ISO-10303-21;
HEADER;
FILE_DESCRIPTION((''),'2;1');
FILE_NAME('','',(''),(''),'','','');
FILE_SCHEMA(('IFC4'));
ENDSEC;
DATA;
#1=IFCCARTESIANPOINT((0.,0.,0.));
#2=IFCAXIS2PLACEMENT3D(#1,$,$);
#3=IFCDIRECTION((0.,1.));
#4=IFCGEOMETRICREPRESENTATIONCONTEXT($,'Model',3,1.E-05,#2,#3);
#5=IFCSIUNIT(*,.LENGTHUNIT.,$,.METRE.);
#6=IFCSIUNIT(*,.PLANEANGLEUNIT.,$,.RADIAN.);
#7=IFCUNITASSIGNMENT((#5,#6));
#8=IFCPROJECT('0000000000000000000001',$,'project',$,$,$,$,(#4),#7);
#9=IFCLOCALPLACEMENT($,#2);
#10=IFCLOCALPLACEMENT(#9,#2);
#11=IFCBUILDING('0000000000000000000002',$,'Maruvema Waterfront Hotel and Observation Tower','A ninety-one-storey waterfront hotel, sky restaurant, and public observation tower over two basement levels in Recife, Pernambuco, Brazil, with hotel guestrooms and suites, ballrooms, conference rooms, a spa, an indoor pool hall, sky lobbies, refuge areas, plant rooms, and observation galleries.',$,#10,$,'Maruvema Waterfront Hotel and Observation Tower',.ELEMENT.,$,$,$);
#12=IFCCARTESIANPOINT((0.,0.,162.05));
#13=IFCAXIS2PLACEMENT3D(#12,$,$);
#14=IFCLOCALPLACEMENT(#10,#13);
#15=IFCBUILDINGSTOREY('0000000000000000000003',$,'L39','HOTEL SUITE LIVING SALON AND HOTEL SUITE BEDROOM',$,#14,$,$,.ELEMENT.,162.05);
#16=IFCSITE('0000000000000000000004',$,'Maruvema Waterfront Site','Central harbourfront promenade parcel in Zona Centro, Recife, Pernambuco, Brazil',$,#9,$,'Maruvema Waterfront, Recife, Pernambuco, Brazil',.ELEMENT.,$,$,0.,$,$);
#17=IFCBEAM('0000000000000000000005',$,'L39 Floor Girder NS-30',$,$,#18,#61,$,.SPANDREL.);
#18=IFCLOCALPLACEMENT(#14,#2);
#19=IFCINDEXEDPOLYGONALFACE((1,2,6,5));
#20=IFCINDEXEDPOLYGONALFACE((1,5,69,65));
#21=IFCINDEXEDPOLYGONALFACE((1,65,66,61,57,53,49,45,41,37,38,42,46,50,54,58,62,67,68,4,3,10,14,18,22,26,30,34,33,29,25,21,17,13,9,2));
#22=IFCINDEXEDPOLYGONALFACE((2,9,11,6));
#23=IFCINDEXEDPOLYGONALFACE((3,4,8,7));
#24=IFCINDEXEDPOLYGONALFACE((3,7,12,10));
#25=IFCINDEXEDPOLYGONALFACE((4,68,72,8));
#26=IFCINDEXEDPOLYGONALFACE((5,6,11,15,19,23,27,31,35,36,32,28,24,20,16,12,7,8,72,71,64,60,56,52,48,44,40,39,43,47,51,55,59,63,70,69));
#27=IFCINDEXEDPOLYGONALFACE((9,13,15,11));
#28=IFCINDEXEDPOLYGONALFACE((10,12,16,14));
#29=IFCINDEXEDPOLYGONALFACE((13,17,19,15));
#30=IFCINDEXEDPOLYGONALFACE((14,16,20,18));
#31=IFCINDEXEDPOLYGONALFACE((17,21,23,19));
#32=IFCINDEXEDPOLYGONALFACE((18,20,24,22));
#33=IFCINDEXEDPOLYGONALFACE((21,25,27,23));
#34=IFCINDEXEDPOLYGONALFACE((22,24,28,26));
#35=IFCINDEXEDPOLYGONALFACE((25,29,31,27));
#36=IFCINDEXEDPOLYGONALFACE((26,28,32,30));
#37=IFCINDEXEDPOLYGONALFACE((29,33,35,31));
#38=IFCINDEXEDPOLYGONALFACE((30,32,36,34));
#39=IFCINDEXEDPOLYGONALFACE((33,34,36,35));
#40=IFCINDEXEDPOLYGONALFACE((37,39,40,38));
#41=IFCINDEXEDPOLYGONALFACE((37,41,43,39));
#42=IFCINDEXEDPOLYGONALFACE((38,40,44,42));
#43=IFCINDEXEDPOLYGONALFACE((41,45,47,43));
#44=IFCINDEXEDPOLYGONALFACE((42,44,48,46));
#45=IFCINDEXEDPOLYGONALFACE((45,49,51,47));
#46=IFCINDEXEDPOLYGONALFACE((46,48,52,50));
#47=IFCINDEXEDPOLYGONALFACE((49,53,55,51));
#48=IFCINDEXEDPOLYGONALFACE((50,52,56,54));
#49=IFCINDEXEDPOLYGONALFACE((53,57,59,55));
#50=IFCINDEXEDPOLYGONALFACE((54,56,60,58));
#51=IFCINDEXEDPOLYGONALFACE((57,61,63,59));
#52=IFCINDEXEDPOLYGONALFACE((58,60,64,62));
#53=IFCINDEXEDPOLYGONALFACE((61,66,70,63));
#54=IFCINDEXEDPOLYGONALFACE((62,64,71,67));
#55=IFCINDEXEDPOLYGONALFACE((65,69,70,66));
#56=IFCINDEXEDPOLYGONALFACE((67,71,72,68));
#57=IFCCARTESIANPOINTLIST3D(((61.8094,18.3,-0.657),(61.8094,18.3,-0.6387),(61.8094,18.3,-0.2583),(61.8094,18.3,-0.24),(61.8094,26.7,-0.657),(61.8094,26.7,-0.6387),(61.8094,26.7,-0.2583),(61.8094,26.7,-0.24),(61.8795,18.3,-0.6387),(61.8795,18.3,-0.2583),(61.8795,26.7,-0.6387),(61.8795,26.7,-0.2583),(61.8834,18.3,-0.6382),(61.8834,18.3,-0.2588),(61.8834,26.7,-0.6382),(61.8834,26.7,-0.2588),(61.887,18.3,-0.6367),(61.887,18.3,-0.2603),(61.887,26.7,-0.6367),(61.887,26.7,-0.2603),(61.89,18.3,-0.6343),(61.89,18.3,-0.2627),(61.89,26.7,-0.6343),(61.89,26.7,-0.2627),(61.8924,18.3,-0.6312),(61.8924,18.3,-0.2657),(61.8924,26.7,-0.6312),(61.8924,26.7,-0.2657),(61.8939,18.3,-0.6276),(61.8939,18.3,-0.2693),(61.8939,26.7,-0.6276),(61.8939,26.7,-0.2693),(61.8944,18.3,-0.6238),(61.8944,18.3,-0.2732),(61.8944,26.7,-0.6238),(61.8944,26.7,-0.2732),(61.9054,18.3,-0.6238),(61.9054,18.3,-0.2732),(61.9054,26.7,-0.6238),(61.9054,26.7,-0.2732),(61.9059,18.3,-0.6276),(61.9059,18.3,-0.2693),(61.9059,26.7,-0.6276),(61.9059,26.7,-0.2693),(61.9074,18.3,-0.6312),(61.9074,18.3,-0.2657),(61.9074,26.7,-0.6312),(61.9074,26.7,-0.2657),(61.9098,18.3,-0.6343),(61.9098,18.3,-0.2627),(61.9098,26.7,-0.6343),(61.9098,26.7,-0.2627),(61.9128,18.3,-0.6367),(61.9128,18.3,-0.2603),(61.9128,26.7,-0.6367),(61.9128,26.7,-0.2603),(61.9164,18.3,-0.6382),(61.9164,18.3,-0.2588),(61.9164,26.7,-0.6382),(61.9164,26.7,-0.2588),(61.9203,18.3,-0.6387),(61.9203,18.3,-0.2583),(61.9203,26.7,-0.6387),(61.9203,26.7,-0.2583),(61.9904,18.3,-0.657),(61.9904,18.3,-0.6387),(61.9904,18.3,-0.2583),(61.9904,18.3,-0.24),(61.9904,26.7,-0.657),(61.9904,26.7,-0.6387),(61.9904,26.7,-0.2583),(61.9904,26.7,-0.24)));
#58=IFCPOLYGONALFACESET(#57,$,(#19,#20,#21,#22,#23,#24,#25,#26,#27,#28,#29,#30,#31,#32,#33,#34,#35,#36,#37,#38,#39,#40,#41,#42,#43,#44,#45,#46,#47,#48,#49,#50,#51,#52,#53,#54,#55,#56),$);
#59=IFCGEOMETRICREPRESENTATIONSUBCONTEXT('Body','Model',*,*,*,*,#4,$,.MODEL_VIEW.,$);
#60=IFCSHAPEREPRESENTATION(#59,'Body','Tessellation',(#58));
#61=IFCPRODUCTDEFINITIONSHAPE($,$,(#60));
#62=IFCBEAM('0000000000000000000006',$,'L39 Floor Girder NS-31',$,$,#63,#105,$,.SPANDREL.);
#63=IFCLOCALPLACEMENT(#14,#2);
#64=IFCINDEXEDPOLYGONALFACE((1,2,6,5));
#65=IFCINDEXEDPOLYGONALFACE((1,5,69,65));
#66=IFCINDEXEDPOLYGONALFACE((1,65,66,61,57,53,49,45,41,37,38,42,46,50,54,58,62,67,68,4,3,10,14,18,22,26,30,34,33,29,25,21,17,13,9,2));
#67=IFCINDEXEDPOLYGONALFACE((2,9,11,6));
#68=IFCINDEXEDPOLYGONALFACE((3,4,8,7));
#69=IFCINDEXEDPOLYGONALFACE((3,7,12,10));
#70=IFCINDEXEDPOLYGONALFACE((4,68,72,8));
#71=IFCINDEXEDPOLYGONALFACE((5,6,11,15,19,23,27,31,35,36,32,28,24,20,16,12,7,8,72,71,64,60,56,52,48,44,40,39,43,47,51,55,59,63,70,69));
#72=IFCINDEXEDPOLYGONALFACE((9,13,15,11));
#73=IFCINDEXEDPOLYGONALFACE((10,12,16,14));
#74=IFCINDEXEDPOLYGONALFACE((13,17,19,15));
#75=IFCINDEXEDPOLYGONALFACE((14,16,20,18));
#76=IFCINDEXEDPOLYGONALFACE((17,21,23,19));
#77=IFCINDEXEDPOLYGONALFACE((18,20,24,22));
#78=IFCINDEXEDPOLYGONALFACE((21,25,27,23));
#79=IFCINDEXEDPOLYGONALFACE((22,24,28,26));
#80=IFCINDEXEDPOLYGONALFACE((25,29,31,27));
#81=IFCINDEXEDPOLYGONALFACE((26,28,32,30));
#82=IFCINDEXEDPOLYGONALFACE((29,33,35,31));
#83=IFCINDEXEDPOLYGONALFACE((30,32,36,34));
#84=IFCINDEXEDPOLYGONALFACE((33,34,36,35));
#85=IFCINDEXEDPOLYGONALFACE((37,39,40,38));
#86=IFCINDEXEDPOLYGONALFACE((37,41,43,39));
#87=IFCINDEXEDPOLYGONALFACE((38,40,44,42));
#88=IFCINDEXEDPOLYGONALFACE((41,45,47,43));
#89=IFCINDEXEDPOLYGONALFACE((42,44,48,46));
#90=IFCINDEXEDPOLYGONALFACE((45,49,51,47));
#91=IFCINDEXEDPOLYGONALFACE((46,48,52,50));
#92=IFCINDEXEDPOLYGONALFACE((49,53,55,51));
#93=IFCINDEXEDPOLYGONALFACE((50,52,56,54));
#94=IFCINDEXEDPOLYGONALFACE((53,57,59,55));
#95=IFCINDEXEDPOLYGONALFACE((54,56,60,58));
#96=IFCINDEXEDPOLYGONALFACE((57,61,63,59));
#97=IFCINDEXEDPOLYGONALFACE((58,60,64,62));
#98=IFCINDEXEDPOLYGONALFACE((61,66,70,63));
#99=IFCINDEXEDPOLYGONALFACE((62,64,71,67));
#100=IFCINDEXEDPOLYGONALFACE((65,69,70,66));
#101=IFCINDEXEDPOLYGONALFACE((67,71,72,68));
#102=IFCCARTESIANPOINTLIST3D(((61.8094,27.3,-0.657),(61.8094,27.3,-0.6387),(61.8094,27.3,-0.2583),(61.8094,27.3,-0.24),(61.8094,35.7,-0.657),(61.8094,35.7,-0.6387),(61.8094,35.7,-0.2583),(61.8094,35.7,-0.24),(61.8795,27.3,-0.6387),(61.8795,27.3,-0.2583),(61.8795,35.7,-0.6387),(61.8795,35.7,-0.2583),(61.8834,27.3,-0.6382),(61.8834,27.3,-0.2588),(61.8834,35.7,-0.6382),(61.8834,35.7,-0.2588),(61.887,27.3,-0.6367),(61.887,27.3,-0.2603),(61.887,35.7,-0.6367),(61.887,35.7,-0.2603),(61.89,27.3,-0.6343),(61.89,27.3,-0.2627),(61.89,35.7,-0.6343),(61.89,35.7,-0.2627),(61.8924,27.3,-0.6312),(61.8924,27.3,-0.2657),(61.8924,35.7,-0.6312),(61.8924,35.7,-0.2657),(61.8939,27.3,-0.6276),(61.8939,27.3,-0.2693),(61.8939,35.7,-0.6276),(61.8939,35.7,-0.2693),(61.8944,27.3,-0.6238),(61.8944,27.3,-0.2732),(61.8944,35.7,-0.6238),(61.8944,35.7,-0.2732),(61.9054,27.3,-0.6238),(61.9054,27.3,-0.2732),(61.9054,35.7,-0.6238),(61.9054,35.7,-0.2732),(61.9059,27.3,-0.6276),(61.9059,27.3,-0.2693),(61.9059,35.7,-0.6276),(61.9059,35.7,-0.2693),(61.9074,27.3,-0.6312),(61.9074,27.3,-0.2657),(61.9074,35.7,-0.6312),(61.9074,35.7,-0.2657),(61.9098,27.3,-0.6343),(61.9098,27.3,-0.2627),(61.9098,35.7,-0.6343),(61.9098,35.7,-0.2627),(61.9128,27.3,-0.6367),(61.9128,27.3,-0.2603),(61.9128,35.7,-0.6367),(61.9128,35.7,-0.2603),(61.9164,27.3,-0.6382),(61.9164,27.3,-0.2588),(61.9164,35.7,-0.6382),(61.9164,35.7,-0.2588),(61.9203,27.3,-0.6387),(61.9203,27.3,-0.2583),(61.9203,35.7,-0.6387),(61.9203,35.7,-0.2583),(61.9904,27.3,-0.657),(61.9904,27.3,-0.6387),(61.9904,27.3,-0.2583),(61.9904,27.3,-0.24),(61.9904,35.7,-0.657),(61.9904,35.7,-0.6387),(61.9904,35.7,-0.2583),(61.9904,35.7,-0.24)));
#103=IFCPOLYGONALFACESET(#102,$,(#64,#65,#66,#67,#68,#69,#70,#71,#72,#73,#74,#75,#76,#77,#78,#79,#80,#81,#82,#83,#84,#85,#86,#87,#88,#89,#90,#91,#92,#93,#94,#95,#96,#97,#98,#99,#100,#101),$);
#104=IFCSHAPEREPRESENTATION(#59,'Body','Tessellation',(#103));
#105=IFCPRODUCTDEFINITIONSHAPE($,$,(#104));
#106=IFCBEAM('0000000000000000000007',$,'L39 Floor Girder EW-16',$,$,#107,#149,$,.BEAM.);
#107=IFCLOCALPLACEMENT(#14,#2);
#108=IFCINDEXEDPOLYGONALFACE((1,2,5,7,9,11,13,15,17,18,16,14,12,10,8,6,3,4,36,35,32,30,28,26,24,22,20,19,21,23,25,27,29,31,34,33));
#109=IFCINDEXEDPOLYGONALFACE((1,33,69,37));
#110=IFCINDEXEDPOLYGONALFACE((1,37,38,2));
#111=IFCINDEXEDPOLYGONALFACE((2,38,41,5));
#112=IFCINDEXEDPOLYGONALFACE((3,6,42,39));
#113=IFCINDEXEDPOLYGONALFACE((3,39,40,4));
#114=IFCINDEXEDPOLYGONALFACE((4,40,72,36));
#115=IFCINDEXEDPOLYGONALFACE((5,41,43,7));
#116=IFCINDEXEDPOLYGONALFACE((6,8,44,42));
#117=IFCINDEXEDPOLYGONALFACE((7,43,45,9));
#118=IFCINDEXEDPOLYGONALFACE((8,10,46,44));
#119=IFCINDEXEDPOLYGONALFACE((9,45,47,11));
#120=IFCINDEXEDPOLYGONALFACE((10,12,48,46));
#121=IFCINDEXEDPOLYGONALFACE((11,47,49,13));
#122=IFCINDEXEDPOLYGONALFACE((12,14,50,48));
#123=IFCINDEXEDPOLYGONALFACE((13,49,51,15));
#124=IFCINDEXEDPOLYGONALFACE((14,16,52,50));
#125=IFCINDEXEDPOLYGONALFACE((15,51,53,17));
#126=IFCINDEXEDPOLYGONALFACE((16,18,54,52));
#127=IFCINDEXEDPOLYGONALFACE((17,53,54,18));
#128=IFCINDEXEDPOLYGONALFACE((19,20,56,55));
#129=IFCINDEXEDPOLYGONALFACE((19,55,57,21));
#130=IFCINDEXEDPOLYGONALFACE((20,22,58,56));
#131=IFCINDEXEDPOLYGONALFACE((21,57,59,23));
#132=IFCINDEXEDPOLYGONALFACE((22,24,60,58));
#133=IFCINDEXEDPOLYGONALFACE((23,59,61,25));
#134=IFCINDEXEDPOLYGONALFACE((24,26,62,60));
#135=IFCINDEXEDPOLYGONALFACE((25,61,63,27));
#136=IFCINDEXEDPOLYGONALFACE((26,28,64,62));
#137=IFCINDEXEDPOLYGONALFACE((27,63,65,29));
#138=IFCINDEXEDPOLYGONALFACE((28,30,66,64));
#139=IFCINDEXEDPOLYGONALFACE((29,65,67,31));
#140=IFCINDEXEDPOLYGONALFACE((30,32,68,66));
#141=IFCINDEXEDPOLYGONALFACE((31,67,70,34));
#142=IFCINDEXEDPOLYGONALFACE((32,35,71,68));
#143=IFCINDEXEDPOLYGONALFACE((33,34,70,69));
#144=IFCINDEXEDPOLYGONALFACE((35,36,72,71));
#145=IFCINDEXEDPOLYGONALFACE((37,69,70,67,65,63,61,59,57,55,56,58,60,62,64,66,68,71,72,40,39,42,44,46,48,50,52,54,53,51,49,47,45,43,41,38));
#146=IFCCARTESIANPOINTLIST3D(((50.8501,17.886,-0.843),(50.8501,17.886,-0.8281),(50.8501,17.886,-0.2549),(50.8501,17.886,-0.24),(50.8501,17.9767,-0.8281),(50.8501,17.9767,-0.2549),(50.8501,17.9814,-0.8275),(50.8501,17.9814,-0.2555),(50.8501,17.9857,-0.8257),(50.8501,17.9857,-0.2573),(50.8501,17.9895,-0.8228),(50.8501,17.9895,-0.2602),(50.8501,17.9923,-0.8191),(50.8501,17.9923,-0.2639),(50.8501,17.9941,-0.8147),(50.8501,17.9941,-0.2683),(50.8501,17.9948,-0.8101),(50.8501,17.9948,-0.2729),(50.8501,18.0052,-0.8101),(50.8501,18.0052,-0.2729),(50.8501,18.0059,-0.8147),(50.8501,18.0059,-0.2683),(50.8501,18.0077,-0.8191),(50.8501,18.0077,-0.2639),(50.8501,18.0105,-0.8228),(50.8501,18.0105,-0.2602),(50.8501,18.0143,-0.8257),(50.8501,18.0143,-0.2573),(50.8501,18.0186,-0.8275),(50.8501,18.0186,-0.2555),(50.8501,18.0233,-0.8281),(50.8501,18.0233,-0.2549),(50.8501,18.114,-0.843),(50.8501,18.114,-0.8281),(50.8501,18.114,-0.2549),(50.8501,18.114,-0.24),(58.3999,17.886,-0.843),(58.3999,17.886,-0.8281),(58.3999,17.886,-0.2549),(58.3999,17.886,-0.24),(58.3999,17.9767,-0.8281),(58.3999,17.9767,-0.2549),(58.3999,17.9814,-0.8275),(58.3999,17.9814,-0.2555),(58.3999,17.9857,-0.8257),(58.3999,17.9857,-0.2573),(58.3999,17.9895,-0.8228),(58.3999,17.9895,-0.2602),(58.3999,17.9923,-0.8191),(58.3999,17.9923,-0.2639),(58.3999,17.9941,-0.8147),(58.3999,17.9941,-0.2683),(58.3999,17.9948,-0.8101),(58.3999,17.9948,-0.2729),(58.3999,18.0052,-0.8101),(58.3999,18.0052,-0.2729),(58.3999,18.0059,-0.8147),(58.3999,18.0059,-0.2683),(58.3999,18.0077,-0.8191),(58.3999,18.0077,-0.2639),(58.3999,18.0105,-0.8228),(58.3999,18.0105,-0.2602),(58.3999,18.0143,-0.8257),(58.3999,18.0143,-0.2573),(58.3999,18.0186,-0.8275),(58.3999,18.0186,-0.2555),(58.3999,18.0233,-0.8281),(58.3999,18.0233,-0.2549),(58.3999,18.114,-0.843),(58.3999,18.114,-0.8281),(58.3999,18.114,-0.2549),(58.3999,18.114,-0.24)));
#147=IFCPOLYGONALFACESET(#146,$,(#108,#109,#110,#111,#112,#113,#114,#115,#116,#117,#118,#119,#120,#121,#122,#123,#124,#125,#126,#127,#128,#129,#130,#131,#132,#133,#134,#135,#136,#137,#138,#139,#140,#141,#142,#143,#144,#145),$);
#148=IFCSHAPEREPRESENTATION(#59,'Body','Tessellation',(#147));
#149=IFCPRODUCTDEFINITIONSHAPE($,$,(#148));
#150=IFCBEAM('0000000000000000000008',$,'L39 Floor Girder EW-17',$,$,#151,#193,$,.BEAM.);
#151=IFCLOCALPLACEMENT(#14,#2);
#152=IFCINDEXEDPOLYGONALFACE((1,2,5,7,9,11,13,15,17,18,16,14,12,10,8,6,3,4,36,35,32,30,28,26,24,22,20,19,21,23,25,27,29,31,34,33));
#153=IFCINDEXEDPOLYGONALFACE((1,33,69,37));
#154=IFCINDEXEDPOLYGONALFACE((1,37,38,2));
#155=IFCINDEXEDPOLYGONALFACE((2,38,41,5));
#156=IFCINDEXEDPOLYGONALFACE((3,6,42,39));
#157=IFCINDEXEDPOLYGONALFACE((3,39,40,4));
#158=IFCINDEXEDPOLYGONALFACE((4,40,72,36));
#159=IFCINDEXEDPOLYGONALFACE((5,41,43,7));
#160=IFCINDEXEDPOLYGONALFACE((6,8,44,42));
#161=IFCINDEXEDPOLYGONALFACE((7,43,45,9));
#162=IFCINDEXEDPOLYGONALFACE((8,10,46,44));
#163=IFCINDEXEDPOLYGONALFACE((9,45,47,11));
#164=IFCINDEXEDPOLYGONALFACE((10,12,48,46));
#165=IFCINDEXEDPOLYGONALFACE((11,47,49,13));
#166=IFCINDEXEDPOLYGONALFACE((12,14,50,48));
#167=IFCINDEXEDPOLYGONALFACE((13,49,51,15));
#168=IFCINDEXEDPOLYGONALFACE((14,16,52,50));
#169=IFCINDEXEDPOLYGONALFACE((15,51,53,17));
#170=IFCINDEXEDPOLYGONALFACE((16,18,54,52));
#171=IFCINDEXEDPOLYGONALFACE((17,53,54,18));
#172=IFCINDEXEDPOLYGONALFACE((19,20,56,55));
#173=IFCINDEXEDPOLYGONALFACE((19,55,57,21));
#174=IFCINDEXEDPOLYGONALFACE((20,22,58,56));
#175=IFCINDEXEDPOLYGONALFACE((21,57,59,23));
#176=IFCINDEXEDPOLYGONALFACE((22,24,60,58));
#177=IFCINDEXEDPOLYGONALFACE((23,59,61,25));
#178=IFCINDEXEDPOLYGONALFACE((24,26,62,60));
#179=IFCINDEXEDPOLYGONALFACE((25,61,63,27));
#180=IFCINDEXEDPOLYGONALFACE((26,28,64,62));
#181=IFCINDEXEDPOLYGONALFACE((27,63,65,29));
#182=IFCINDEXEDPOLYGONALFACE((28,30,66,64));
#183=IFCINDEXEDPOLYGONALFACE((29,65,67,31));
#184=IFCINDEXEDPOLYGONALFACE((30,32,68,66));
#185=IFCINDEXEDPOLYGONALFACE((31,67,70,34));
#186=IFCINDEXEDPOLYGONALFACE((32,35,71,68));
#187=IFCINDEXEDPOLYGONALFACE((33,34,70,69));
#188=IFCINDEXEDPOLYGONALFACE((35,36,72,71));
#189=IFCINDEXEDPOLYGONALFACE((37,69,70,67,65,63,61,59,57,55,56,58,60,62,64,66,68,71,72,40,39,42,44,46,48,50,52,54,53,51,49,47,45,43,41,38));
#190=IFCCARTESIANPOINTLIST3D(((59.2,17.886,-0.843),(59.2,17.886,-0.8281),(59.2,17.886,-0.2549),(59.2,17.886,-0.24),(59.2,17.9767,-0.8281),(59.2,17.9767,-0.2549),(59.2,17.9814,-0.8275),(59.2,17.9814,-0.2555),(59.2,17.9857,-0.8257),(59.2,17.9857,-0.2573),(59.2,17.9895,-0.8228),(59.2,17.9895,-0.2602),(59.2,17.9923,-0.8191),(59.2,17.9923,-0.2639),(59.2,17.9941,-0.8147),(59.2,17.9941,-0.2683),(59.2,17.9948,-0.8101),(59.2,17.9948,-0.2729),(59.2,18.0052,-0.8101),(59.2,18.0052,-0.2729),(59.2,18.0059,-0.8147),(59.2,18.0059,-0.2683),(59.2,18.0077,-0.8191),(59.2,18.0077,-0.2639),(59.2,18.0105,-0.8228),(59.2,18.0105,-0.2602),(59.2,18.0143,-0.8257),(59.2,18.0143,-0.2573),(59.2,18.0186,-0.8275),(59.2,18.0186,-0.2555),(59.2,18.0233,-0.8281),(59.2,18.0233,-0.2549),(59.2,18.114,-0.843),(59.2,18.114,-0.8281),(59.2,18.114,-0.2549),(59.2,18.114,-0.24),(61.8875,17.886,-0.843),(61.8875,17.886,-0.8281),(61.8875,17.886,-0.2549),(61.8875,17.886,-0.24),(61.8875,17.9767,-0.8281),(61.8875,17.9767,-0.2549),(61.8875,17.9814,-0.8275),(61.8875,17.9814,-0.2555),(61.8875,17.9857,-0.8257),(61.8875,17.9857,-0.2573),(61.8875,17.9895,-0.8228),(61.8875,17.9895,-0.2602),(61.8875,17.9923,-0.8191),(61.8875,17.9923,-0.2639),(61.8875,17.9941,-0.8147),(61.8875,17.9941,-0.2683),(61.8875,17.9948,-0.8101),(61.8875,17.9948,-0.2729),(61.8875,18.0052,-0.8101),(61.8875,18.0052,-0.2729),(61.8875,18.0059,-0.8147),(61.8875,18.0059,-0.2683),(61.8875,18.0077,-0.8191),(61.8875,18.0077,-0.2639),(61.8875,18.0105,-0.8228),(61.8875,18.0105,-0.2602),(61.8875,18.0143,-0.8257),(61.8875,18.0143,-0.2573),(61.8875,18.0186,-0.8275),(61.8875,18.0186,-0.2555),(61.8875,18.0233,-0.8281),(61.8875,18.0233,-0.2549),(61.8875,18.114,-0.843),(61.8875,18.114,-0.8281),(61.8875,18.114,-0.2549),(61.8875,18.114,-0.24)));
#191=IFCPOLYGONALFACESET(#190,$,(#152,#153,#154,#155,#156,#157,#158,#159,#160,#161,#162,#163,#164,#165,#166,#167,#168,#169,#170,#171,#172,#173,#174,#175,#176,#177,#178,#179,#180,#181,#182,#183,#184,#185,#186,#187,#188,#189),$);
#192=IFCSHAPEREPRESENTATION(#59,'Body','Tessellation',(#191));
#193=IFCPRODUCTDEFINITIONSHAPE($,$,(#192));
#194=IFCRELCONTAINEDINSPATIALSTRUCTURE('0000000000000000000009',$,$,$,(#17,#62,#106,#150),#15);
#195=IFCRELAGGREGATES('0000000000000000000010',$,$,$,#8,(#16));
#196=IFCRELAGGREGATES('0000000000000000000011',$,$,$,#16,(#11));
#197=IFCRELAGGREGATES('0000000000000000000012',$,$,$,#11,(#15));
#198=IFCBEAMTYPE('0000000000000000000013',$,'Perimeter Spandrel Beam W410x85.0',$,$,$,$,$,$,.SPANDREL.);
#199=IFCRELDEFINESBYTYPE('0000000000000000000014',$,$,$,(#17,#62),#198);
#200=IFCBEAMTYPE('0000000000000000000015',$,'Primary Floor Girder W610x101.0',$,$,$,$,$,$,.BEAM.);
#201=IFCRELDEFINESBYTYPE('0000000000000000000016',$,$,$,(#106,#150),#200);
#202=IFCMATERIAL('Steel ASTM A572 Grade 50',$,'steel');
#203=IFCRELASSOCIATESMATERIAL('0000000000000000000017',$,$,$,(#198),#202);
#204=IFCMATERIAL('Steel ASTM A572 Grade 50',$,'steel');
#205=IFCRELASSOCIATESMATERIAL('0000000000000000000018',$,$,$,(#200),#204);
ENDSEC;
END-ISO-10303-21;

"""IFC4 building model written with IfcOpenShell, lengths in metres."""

from ifc_helpers import new_model, si_unit, direction, frame, origin, origin_2d, place, context, subcontext, project, spatial, i_section, extrude, material, material_profile, profile_set, type_object, element, save


model = new_model("IFC4")

# Units and contexts
model_context = context("Model", 3, precision=1e-05, world=origin(), true_north=direction((0.0, 1.0)))
body_context = subcontext(model_context, "Body", "Model", "MODEL_VIEW")
ifc_project = project(units=[si_unit("LENGTHUNIT", "METRE"), si_unit("PLANEANGLEUNIT", "RADIAN")], contexts=[model_context])

# Site, building, storey
site_placement = place(None, origin())
site = spatial("IfcSite", under=ifc_project, at=site_placement, Name="Maruvema Waterfront Site", Description="Central harbourfront promenade parcel in Zona Centro, Recife, Pernambuco, Brazil", LongName="Maruvema Waterfront, Recife, Pernambuco, Brazil", CompositionType="ELEMENT", RefElevation=0.0)
building_placement = place(site_placement, origin())
building = spatial("IfcBuilding", under=site, at=building_placement, Name="Maruvema Waterfront Hotel and Observation Tower", Description="A ninety-one-storey waterfront hotel, sky restaurant, and public observation tower over two basement levels in Recife, Pernambuco, Brazil, with hotel guestrooms and suites, ballrooms, conference rooms, a spa, an indoor pool hall, sky lobbies, refuge areas, plant rooms, and observation galleries.", LongName="Maruvema Waterfront Hotel and Observation Tower", CompositionType="ELEMENT")
storey_placement = place(building_placement, frame((0.0, 0.0, 162.05)))
storey = spatial("IfcBuildingStorey", under=building, at=storey_placement, Name="L39", Description="HOTEL SUITE LIVING SALON AND HOTEL SUITE BEDROOM", CompositionType="ELEMENT", Elevation=162.05)

# Beams
ifc_material_1 = material(Name="Steel ASTM A572 Grade 50", Category="steel")
ifc_material_profile_1 = material_profile(ifc_material_1, i_section(OverallWidth=0.1809, OverallDepth=0.417, WebThickness=0.011, FlangeThickness=0.0183, FilletRadius=0.0149, at=origin_2d()), Name="W410x85.0")
ifc_profile_set_1 = profile_set([ifc_material_profile_1], Name="Steel ASTM A572 Grade 50")
beam_type_1 = type_object("IfcBeamType", Name="Perimeter Spandrel Beam W410x85.0", PredefinedType="SPANDREL", material=ifc_profile_set_1)
for number, where, z_axis, x_axis, name in (
    (1, (61.8999, 18.3, -0.4485), (0.0, 1.0, 0.0), (-1.0, 0.0, 0.0), "L39 Floor Girder NS-30"),
    (2, (61.8999, 27.3, -0.4485), (0.0, 1.0, 0.0), (-1.0, 0.0, 0.0), "L39 Floor Girder NS-31"),
):
    element("IfcBeam", number, at=place(storey_placement, frame(where, z_axis=z_axis, x_axis=x_axis)), inside=storey, type_object=beam_type_1, Name=name, PredefinedType="SPANDREL", context=body_context, shape_type="SweptSolid", body=[
        extrude(i_section(OverallWidth=0.1809, OverallDepth=0.417, WebThickness=0.011, FlangeThickness=0.0183, FilletRadius=0.0149, at=origin_2d()), origin(), (0.0, 0.0, 1.0), 8.3999),
    ])
ifc_material_2 = material(Name="Steel ASTM A572 Grade 50", Category="steel")
ifc_material_profile_2 = material_profile(ifc_material_2, i_section(OverallWidth=0.228, OverallDepth=0.603, WebThickness=0.0105, FlangeThickness=0.0149, FilletRadius=0.0181, at=origin_2d()), Name="W610x101.0")
ifc_profile_set_2 = profile_set([ifc_material_profile_2], Name="Steel ASTM A572 Grade 50")
beam_type_2 = type_object("IfcBeamType", Name="Primary Floor Girder W610x101.0", PredefinedType="BEAM", material=ifc_profile_set_2)
beam_1_placement = place(storey_placement, frame((50.8501, 18.0, -0.5415), z_axis=(1.0, 0.0, 0.0), x_axis=(0.0, 1.0, 0.0)))
element("IfcBeam", 3, at=beam_1_placement, inside=storey, type_object=beam_type_2, Name="L39 Floor Girder EW-16", PredefinedType="BEAM", context=body_context, shape_type="SweptSolid", body=[
    extrude(i_section(OverallWidth=0.228, OverallDepth=0.603, WebThickness=0.0105, FlangeThickness=0.0149, FilletRadius=0.0181, at=origin_2d()), origin(), (0.0, 0.0, 1.0), 7.5498),
])
beam_2_placement = place(storey_placement, frame((59.2, 18.0, -0.5415), z_axis=(1.0, 0.0, 0.0), x_axis=(0.0, 1.0, 0.0)))
element("IfcBeam", 4, at=beam_2_placement, inside=storey, type_object=beam_type_2, Name="L39 Floor Girder EW-17", PredefinedType="BEAM", context=body_context, shape_type="SweptSolid", body=[
    extrude(i_section(OverallWidth=0.228, OverallDepth=0.603, WebThickness=0.0105, FlangeThickness=0.0149, FilletRadius=0.0181, at=origin_2d()), origin(), (0.0, 0.0, 1.0), 2.6875),
])

save(model, "model.ifc")
